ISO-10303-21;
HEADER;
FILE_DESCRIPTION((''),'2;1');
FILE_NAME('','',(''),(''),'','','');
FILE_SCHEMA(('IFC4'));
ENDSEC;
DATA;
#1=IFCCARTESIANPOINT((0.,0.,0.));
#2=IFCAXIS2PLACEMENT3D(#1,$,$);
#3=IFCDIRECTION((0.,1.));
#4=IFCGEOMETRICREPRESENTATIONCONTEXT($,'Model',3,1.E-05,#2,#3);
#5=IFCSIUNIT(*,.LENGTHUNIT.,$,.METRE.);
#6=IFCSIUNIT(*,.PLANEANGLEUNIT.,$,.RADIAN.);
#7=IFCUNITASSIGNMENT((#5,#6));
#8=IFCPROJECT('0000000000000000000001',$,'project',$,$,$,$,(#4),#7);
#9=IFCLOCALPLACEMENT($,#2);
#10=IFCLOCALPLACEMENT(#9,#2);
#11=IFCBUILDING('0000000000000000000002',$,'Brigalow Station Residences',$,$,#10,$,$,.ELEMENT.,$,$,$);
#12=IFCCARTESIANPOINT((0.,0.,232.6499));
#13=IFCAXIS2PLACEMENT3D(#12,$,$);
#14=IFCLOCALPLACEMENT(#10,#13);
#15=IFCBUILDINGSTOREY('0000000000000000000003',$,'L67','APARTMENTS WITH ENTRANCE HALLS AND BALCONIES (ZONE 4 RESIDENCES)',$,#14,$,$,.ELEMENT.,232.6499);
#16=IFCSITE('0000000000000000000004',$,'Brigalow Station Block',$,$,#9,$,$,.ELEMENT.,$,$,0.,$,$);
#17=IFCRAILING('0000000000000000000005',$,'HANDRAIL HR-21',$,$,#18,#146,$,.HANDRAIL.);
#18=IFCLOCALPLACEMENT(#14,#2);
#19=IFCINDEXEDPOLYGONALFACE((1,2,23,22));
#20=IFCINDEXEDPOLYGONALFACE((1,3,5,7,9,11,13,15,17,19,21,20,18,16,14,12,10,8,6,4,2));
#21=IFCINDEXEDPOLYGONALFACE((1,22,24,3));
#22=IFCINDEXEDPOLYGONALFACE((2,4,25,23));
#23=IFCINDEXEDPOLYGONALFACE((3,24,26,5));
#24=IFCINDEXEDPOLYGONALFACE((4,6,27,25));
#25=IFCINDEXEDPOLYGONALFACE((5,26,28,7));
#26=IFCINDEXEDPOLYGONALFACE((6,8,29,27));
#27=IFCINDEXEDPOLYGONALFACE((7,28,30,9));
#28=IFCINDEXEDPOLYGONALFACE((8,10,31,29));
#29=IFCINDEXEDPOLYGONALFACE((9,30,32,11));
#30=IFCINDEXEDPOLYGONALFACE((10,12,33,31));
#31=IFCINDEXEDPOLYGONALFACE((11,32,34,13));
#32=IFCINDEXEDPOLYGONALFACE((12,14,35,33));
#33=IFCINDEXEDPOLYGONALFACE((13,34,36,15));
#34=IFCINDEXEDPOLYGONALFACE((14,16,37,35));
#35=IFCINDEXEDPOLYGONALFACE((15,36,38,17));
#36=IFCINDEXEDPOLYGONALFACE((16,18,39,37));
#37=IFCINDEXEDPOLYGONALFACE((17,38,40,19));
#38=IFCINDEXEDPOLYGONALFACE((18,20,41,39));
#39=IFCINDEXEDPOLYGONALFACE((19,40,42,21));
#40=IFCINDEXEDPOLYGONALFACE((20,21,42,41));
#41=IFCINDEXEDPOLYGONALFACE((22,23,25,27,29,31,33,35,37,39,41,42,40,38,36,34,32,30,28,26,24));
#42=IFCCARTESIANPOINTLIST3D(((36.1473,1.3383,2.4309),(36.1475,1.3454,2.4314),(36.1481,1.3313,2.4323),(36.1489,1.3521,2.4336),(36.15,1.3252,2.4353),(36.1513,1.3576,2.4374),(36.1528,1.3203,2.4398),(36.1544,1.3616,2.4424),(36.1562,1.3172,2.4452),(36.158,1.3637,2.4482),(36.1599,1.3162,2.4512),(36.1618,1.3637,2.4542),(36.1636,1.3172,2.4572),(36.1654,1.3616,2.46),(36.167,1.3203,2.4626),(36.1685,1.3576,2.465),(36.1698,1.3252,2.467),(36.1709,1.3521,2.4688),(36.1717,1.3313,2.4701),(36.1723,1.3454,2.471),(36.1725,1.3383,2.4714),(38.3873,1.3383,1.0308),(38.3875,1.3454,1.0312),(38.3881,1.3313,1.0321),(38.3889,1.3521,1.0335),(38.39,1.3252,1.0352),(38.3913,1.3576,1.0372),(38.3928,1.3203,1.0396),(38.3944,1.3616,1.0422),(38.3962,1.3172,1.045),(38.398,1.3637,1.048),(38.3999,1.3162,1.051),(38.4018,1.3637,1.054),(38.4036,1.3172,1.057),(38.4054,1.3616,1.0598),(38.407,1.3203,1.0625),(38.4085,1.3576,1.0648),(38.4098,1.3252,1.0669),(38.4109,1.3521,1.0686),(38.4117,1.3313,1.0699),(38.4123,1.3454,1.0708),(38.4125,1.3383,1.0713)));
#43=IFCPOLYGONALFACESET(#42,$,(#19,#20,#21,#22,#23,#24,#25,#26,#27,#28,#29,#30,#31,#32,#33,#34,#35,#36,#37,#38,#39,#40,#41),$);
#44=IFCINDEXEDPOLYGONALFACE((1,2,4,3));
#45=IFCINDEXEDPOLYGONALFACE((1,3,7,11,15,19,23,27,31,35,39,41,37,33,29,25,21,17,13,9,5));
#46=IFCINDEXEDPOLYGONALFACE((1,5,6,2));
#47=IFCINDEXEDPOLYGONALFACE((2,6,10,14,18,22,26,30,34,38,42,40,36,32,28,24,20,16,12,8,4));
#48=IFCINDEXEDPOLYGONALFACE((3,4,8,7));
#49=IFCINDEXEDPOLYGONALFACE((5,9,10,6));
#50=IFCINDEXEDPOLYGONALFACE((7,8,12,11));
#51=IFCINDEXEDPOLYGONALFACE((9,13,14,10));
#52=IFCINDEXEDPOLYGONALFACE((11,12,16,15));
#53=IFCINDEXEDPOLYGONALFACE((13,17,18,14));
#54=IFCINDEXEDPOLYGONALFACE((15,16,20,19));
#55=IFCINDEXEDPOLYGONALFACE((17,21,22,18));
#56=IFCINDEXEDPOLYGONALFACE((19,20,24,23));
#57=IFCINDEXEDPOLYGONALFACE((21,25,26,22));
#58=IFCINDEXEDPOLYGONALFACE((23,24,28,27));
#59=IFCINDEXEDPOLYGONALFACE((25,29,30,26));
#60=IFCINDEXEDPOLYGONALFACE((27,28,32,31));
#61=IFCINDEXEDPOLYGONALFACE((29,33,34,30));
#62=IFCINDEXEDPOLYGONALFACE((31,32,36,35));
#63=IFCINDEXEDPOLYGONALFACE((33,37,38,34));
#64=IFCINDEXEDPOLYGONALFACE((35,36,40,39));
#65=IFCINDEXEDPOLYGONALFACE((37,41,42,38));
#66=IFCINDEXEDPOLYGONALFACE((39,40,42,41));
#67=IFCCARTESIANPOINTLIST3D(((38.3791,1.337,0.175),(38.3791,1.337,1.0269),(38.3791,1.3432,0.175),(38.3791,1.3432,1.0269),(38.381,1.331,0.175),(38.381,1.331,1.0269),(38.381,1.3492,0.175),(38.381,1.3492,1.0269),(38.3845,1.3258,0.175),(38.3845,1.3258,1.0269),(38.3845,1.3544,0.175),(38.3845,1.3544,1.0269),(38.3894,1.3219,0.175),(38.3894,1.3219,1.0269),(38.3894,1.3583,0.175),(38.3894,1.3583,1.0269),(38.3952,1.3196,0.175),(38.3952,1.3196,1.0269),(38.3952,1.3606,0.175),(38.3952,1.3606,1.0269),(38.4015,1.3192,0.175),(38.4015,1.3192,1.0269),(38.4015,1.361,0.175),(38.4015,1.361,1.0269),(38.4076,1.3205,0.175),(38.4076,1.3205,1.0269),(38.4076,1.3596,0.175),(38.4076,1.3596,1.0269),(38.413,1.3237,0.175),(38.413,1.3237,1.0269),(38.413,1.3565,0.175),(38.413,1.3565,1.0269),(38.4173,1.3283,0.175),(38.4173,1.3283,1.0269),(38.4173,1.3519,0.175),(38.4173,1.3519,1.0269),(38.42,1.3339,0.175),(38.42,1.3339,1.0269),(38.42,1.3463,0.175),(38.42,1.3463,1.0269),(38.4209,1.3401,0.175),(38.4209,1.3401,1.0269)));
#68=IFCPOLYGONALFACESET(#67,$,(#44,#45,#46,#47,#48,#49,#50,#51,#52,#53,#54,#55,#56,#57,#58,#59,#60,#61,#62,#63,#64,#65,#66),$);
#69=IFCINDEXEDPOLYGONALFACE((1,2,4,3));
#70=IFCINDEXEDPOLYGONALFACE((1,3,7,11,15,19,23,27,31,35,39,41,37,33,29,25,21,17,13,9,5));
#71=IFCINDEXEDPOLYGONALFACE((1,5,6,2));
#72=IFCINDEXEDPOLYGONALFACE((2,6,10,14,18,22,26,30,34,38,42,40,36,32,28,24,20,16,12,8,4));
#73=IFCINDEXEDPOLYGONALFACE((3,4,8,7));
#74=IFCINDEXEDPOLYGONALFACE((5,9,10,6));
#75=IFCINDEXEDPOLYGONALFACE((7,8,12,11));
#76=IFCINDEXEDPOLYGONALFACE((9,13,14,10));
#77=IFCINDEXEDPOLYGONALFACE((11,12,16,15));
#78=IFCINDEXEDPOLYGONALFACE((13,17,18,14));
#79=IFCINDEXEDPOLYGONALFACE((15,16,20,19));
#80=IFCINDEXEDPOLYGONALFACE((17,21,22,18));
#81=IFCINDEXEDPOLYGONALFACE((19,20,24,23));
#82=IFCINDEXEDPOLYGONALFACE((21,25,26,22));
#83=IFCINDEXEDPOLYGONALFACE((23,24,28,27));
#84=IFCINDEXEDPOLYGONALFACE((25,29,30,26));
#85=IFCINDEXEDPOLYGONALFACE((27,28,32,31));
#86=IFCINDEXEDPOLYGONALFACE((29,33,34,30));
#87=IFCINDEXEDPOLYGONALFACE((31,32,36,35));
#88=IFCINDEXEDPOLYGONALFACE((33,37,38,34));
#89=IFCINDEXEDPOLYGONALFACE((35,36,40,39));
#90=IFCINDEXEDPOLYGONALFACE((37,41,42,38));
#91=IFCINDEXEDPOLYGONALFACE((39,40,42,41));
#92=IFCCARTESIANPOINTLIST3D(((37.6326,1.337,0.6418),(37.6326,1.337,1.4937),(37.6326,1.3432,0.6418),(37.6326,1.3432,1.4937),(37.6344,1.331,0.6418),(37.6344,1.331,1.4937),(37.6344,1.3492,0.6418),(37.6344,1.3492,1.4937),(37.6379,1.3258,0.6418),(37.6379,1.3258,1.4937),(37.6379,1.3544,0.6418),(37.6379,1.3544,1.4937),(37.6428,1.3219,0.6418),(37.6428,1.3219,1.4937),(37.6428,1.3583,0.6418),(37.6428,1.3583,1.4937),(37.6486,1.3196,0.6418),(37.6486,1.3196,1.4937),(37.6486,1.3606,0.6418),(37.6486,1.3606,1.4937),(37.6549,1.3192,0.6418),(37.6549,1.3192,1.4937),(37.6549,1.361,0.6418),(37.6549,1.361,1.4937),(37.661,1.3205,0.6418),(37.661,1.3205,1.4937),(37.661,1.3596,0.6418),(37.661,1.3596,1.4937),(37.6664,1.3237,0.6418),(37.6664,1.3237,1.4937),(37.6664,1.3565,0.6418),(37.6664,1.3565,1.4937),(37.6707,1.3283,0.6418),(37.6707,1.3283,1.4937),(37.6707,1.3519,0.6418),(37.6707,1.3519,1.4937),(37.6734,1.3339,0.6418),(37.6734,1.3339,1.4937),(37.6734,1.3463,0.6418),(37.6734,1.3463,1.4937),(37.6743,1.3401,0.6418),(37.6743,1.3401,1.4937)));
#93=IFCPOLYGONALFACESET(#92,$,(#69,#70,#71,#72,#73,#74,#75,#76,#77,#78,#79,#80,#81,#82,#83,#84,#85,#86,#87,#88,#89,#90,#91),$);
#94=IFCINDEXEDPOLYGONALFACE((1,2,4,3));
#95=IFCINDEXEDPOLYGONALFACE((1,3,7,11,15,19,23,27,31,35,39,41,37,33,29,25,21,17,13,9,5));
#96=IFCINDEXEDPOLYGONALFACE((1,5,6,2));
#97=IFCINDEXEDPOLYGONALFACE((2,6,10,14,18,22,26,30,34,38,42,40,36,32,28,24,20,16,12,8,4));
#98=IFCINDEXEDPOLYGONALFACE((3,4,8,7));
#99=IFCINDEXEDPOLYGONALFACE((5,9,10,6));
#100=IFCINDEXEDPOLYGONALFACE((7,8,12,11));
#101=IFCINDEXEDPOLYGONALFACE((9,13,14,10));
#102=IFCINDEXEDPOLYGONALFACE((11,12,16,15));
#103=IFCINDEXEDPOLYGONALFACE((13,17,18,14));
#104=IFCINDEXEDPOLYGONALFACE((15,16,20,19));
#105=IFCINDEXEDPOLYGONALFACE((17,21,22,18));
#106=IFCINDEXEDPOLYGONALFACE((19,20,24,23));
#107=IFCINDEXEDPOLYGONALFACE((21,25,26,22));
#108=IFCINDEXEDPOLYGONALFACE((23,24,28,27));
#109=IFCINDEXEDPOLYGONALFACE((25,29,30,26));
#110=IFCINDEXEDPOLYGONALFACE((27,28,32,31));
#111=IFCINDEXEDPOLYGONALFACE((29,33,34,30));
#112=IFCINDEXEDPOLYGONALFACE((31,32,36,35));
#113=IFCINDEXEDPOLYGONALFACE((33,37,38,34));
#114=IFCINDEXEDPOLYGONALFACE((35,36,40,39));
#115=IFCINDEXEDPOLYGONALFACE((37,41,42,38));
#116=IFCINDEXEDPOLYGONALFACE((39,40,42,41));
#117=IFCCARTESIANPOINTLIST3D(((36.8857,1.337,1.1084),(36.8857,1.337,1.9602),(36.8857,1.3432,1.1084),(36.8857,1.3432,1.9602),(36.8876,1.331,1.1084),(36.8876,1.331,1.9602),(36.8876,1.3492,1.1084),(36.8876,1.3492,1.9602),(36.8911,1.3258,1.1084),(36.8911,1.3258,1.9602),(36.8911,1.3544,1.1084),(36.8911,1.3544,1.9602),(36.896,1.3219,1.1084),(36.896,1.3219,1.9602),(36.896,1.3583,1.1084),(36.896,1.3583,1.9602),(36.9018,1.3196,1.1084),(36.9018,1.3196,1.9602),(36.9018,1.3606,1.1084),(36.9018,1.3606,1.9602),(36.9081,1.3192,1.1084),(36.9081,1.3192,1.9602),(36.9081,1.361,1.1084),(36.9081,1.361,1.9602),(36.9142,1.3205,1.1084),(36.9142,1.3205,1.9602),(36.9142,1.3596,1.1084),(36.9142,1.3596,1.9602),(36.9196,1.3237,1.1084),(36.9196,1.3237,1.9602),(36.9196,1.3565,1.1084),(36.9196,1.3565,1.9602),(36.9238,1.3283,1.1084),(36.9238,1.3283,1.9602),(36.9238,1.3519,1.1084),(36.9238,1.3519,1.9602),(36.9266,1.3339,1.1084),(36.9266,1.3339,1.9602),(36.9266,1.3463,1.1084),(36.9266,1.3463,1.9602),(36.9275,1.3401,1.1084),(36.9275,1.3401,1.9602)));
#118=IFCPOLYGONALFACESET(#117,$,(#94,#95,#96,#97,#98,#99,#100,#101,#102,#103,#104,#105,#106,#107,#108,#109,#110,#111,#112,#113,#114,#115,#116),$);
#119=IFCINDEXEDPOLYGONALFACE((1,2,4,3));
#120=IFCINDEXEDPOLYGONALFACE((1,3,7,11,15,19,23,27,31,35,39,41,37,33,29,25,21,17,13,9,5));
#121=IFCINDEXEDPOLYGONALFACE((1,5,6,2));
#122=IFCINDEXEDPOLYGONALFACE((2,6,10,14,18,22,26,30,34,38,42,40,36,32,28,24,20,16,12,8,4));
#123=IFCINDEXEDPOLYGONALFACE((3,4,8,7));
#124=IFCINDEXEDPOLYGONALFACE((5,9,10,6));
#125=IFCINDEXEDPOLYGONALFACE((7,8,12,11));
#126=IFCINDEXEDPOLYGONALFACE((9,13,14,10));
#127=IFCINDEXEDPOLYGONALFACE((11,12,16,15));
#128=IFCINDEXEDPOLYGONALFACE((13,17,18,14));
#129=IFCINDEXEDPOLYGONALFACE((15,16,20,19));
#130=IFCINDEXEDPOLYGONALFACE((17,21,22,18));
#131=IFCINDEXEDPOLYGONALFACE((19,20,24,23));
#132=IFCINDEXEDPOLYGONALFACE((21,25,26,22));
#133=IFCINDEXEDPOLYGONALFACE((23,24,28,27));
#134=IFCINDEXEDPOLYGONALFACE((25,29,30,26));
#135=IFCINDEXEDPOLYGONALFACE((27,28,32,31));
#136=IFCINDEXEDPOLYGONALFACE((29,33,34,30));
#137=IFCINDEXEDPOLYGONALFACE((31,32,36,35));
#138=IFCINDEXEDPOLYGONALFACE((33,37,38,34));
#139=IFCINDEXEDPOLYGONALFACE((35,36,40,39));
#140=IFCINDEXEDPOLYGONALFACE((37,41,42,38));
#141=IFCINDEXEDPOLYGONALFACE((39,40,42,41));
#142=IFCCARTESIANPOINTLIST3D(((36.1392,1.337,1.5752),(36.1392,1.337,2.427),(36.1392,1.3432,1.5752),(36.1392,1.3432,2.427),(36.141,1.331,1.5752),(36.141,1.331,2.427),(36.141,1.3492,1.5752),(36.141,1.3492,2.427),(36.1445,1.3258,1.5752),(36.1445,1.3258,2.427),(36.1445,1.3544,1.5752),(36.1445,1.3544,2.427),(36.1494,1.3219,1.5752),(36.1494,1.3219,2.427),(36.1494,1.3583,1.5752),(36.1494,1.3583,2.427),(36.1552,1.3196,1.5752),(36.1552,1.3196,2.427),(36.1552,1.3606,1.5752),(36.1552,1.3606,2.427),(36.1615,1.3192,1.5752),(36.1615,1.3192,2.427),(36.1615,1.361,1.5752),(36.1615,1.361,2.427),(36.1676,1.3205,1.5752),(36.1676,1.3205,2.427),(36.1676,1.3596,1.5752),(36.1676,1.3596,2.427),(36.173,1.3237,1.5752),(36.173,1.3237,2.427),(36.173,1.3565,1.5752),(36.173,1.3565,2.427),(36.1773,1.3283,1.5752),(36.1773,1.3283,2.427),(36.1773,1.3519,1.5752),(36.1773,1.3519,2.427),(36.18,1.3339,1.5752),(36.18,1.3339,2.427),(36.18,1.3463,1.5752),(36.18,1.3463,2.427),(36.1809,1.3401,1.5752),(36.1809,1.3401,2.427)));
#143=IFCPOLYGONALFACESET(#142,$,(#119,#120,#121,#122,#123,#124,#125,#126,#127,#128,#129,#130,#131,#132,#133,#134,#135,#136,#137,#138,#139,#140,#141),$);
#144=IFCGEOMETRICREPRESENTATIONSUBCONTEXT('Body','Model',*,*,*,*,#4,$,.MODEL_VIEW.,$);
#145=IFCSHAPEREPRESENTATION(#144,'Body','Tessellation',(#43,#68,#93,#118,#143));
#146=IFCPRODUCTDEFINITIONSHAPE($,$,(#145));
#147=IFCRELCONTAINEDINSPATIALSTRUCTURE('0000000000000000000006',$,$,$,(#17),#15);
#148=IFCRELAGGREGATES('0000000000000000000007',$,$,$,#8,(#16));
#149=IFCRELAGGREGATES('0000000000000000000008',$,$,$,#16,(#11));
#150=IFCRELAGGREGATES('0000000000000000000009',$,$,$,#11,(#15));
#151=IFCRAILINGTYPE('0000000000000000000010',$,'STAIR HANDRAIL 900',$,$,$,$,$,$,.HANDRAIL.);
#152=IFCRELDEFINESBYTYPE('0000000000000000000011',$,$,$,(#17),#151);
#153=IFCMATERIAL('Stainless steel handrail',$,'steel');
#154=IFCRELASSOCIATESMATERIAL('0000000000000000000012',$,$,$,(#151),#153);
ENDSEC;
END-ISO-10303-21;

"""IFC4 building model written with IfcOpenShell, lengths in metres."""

from ifc_helpers import new_model, si_unit, direction, frame, origin, origin_2d, place, context, subcontext, project, spatial, circle, extrude, material, type_object, element, save


model = new_model("IFC4")

# Units and contexts
model_context = context("Model", 3, precision=1e-05, world=origin(), true_north=direction((0.0, 1.0)))
body_context = subcontext(model_context, "Body", "Model", "MODEL_VIEW")
ifc_project = project(units=[si_unit("LENGTHUNIT", "METRE"), si_unit("PLANEANGLEUNIT", "RADIAN")], contexts=[model_context])

# Site, building, storey
site_placement = place(None, origin())
site = spatial("IfcSite", under=ifc_project, at=site_placement, Name="Brigalow Station Block", CompositionType="ELEMENT", RefElevation=0.0)
building_placement = place(site_placement, origin())
building = spatial("IfcBuilding", under=site, at=building_placement, Name="Brigalow Station Residences", CompositionType="ELEMENT")
storey_placement = place(building_placement, frame((0.0, 0.0, 232.6499)))
storey = spatial("IfcBuildingStorey", under=building, at=storey_placement, Name="L67", Description="APARTMENTS WITH ENTRANCE HALLS AND BALCONIES (ZONE 4 RESIDENCES)", CompositionType="ELEMENT", Elevation=232.6499)

# Railing
ifc_material_1 = material(Name="Stainless steel handrail", Category="steel")
railing_type_1 = type_object("IfcRailingType", Name="STAIR HANDRAIL 900", PredefinedType="HANDRAIL", material=ifc_material_1)
railing_1_placement = place(storey_placement, frame((38.3999, 1.3401, 0.175)))
element("IfcRailing", 1, at=railing_1_placement, inside=storey, type_object=railing_type_1, Name="HANDRAIL HR-21", PredefinedType="HANDRAIL", context=body_context, shape_type="SweptSolid", body=[
    extrude(circle(Radius=0.0239, at=origin_2d()), frame((0.0, 0.0, 0.876), z_axis=(-0.847972, 0.0, 0.53004), x_axis=(0.0, -1.0, 0.0)), (0.0, 0.0, 1.0), 2.6416),
    extrude(circle(Radius=0.021, at=origin_2d()), origin(), (0.0, 0.0, 1.0), 0.8518),
    extrude(circle(Radius=0.021, at=origin_2d()), frame((-0.7466, 0.0, 0.4668)), (0.0, 0.0, 1.0), 0.8518),
    extrude(circle(Radius=0.021, at=origin_2d()), frame((-1.4934, 0.0, 0.9333)), (0.0, 0.0, 1.0), 0.8518),
    extrude(circle(Radius=0.021, at=origin_2d()), frame((-2.24, 0.0, 1.4001)), (0.0, 0.0, 1.0), 0.8518),
])

save(model, "model.ifc")
